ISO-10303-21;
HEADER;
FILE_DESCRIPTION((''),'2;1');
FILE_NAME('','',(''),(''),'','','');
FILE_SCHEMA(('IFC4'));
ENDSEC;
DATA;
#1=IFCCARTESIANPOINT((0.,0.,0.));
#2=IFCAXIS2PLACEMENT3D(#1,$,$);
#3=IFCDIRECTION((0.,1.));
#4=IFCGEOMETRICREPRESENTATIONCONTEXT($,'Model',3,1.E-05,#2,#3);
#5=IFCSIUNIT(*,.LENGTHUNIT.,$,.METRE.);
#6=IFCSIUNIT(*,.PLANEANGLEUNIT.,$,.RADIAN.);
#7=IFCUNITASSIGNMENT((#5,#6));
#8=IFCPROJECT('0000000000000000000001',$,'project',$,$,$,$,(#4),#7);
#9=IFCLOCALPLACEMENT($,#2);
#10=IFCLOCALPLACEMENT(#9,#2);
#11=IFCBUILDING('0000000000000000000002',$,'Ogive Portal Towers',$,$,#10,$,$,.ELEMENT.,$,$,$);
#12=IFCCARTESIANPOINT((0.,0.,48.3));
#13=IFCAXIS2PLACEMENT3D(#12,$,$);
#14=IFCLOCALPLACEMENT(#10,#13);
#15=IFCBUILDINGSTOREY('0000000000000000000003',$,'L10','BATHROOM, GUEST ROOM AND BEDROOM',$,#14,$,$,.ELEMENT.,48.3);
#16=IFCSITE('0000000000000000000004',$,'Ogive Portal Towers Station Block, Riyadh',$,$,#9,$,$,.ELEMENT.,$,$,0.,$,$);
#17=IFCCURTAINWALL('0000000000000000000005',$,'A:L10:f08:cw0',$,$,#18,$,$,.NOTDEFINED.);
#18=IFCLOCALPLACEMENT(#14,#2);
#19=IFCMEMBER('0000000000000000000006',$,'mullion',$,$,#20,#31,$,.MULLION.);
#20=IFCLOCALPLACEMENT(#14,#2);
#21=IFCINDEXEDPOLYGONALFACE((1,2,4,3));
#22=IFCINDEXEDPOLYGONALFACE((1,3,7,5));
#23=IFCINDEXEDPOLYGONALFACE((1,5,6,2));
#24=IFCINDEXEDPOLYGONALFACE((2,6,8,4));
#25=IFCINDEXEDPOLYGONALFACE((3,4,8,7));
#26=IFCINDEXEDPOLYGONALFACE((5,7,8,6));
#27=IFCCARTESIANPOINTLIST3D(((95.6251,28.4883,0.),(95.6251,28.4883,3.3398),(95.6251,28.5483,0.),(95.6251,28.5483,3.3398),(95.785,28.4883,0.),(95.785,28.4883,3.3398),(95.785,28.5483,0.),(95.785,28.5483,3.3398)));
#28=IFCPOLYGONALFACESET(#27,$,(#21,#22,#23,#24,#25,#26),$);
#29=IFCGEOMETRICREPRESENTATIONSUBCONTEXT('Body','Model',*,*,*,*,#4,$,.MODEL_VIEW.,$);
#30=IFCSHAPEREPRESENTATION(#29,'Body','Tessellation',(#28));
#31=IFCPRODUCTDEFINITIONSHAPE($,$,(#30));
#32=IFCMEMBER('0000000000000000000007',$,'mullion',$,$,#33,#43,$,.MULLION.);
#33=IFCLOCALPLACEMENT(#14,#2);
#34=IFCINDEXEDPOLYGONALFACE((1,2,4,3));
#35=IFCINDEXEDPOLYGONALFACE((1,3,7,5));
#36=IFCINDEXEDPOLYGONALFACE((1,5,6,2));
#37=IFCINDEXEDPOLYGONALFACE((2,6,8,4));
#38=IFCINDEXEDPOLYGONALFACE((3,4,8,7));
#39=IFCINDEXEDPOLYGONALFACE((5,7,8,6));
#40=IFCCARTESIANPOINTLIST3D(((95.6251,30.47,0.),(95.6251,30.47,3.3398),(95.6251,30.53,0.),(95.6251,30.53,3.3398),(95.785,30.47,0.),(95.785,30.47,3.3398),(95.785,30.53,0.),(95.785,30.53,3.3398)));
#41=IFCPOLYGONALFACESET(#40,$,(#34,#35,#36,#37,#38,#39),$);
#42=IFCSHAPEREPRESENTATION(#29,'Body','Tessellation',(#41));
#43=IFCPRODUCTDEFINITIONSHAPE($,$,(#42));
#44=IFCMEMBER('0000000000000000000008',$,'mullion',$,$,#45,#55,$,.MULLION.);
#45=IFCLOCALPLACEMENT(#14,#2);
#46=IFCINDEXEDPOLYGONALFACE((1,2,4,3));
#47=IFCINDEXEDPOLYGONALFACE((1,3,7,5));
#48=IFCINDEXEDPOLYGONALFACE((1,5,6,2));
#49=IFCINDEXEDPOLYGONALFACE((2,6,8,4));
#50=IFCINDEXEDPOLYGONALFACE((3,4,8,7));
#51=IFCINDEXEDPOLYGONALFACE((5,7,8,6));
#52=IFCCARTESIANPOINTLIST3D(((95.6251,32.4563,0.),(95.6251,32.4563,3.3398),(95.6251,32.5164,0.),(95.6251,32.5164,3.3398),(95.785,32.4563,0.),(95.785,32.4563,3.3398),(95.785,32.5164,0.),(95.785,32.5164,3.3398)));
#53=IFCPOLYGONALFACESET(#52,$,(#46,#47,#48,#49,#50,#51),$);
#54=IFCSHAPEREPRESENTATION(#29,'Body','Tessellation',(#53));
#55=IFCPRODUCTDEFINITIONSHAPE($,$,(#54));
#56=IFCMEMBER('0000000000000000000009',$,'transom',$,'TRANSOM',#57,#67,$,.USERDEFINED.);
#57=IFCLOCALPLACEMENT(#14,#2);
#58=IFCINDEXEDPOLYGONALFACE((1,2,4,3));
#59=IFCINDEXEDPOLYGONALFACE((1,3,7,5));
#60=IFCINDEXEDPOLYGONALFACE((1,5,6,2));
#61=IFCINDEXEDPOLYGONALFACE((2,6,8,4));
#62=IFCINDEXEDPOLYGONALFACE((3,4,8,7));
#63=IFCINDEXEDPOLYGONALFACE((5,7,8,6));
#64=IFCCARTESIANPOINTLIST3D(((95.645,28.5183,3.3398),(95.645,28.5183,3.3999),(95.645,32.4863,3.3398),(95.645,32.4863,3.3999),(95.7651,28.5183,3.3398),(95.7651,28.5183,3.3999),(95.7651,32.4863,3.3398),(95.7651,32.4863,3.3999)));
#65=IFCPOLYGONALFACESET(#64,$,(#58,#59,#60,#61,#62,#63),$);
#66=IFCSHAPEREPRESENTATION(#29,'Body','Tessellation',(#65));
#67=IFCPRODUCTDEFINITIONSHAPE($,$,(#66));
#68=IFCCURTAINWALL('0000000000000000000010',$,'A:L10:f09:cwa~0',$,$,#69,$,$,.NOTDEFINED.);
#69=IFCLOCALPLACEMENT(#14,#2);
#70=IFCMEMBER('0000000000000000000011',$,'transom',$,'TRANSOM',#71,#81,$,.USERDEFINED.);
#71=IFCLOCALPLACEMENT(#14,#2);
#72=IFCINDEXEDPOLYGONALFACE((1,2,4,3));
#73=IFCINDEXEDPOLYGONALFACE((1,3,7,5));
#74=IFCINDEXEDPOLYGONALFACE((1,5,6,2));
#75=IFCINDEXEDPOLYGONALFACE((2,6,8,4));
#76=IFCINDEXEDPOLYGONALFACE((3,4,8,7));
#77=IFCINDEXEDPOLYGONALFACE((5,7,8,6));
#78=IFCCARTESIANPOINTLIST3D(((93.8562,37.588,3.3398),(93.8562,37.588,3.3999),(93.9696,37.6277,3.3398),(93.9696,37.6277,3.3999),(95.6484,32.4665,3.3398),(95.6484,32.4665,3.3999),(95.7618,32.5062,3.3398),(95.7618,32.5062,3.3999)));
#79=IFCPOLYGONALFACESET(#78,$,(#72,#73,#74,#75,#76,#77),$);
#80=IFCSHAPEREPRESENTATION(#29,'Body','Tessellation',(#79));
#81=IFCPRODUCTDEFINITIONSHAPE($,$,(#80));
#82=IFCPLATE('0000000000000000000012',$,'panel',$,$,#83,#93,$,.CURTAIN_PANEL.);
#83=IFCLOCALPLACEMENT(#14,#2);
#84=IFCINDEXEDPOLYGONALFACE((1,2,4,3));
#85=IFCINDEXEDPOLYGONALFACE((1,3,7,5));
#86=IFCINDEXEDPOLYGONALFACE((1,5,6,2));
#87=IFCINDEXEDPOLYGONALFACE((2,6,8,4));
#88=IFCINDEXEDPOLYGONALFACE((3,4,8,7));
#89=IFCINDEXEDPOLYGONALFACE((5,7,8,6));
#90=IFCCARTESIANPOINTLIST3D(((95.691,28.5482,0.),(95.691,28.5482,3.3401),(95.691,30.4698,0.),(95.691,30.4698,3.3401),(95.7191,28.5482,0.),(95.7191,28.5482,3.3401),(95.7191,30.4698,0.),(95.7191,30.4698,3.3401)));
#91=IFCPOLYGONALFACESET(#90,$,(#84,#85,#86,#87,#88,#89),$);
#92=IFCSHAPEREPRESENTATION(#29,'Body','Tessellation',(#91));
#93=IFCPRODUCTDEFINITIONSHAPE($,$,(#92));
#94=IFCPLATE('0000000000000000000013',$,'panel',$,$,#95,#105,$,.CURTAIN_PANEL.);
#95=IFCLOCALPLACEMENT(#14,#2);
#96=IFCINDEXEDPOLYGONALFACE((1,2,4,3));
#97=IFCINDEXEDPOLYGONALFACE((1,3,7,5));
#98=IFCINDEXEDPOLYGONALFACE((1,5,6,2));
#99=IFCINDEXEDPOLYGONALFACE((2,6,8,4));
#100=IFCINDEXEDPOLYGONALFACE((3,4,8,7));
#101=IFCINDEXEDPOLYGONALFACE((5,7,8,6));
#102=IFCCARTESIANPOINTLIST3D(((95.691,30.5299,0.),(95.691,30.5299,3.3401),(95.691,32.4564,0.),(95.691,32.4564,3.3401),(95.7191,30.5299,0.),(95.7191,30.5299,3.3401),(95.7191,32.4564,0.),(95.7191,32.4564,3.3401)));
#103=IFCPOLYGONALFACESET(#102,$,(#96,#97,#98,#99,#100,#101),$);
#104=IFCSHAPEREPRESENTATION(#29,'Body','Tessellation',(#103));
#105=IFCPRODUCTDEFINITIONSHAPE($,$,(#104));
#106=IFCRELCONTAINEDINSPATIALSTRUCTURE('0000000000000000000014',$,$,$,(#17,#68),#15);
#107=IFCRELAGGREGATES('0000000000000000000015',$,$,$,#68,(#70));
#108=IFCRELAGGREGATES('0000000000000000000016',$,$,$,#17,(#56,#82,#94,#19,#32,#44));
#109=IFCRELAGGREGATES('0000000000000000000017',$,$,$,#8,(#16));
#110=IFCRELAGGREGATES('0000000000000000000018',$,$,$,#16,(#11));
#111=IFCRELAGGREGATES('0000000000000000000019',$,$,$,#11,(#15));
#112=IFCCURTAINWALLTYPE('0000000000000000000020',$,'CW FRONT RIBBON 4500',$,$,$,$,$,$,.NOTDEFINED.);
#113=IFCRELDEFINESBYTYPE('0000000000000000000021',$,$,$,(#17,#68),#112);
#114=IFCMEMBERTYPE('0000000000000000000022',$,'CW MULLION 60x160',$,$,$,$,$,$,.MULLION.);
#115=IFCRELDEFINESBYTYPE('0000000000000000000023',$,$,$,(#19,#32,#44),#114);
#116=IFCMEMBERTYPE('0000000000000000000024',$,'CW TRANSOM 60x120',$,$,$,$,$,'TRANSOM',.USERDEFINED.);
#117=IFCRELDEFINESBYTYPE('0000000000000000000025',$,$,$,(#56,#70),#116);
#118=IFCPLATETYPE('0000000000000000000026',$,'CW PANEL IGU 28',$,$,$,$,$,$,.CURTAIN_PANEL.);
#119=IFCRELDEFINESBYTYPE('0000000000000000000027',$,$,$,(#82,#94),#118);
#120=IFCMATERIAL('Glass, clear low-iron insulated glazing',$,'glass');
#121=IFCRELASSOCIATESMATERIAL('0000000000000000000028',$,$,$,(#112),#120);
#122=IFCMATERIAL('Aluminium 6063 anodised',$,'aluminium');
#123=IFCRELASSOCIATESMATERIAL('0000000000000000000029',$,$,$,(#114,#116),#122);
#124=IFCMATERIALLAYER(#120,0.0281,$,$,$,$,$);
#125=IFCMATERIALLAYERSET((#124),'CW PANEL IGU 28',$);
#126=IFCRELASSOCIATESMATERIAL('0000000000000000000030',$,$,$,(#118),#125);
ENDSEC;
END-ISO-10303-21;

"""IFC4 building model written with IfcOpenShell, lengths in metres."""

from ifc_helpers import new_model, si_unit, direction, frame, origin, origin_2d, place, context, subcontext, project, spatial, rectangle, extrude, material, layer, layer_set, material_profile, profile_set, type_object, element, aggregate, save


model = new_model("IFC4")

# Units and contexts
model_context = context("Model", 3, precision=1e-05, world=origin(), true_north=direction((0.0, 1.0)))
body_context = subcontext(model_context, "Body", "Model", "MODEL_VIEW")
ifc_project = project(units=[si_unit("LENGTHUNIT", "METRE"), si_unit("PLANEANGLEUNIT", "RADIAN")], contexts=[model_context])

# Site, building, storey
site_placement = place(None, origin())
site = spatial("IfcSite", under=ifc_project, at=site_placement, Name="Ogive Portal Towers Station Block, Riyadh", CompositionType="ELEMENT", RefElevation=0.0)
building_placement = place(site_placement, origin())
building = spatial("IfcBuilding", under=site, at=building_placement, Name="Ogive Portal Towers", CompositionType="ELEMENT")
storey_placement = place(building_placement, frame((0.0, 0.0, 48.3)))
storey = spatial("IfcBuildingStorey", under=building, at=storey_placement, Name="L10", Description="BATHROOM, GUEST ROOM AND BEDROOM", CompositionType="ELEMENT", Elevation=48.3)

# Curtain wall, members
ifc_material_1 = material(Name="Glass, clear low-iron insulated glazing", Category="glass")
curtain_wall_type = type_object("IfcCurtainWallType", Name="CW FRONT RIBBON 4500", PredefinedType="NOTDEFINED", material=ifc_material_1)
curtain_wall_1_placement = place(storey_placement, origin())
curtain_wall_1 = element("IfcCurtainWall", 1, at=curtain_wall_1_placement, inside=storey, type_object=curtain_wall_type, Name="A:L10:f08:cw0", PredefinedType="NOTDEFINED")
ifc_material_2 = material(Name="Aluminium 6063 anodised", Category="aluminium")
ifc_material_profile_1 = material_profile(ifc_material_2, rectangle(XDim=0.1599, YDim=0.0601, at=origin_2d()), Name="AL 60x160")
ifc_profile_set_1 = profile_set([ifc_material_profile_1], Name="Aluminium 6063 anodised")
member_type_1 = type_object("IfcMemberType", Name="CW MULLION 60x160", PredefinedType="MULLION", material=ifc_profile_set_1)
member_1_placement = place(storey_placement, frame((95.7051, 28.5183, 0.0), z_axis=(0.0, 0.0, 1.0), x_axis=(-1.0, 0.0, 0.0)))
member_1 = element("IfcMember", 2, at=member_1_placement, type_object=member_type_1, Name="mullion", PredefinedType="MULLION", context=body_context, shape_type="SweptSolid", body=[
    extrude(rectangle(XDim=0.1599, YDim=0.0601, at=origin_2d()), origin(), (0.0, 0.0, 1.0), 3.3398),
])
member_2_placement = place(storey_placement, frame((95.7051, 30.5, 0.0), z_axis=(0.0, 0.0, 1.0), x_axis=(-1.0, 0.0, 0.0)))
member_2 = element("IfcMember", 3, at=member_2_placement, type_object=member_type_1, Name="mullion", PredefinedType="MULLION", context=body_context, shape_type="SweptSolid", body=[
    extrude(rectangle(XDim=0.1599, YDim=0.0601, at=origin_2d()), origin(), (0.0, 0.0, 1.0), 3.3398),
])
member_3_placement = place(storey_placement, frame((95.7051, 32.4863, 0.0), z_axis=(0.0, 0.0, 1.0), x_axis=(-1.0, 0.0, 0.0)))
member_3 = element("IfcMember", 4, at=member_3_placement, type_object=member_type_1, Name="mullion", PredefinedType="MULLION", context=body_context, shape_type="SweptSolid", body=[
    extrude(rectangle(XDim=0.1599, YDim=0.0601, at=origin_2d()), origin(), (0.0, 0.0, 1.0), 3.3398),
])
ifc_material_profile_2 = material_profile(ifc_material_2, rectangle(XDim=0.1201, YDim=0.0601, at=origin_2d()), Name="AL 120x60")
ifc_profile_set_2 = profile_set([ifc_material_profile_2], Name="Aluminium 6063 anodised")
member_type_2 = type_object("IfcMemberType", Name="CW TRANSOM 60x120", ElementType="TRANSOM", PredefinedType="USERDEFINED", material=ifc_profile_set_2)
member_4_placement = place(storey_placement, frame((95.7051, 28.5183, 3.3699), z_axis=(0.0, 1.0, 0.0), x_axis=(-1.0, 0.0, 0.0)))
member_4 = element("IfcMember", 5, at=member_4_placement, type_object=member_type_2, Name="transom", ObjectType="TRANSOM", PredefinedType="USERDEFINED", context=body_context, shape_type="SweptSolid", body=[
    extrude(rectangle(XDim=0.1201, YDim=0.0601, at=origin_2d()), origin(), (0.0, 0.0, 1.0), 3.968),
])

# Curtain wall, member
curtain_wall_2_placement = place(storey_placement, origin())
curtain_wall_2 = element("IfcCurtainWall", 6, at=curtain_wall_2_placement, inside=storey, type_object=curtain_wall_type, Name="A:L10:f09:cwa~0", PredefinedType="NOTDEFINED")
member_5_placement = place(storey_placement, frame((95.7051, 32.4863, 3.3699), z_axis=(-0.330298, 0.943877, 0.0), x_axis=(-0.943877, -0.330298, 0.0)))
member_5 = element("IfcMember", 7, at=member_5_placement, type_object=member_type_2, Name="transom", ObjectType="TRANSOM", PredefinedType="USERDEFINED", context=body_context, shape_type="SweptSolid", body=[
    extrude(rectangle(XDim=0.1201, YDim=0.0601, at=origin_2d()), origin(), (0.0, 0.0, 1.0), 5.426),
])
aggregate(curtain_wall_2, [member_5])

# Plates
ifc_layer_1 = layer(ifc_material_1, 0.0281)
ifc_layer_set_1 = layer_set([ifc_layer_1], Name="CW PANEL IGU 28")
plate_type = type_object("IfcPlateType", Name="CW PANEL IGU 28", PredefinedType="CURTAIN_PANEL", material=ifc_layer_set_1)
plate_1_placement = place(storey_placement, frame((95.7051, 29.509, 0.0), z_axis=(0.0, 0.0, 1.0), x_axis=(0.0, 1.0, 0.0)))
plate_1 = element("IfcPlate", 8, at=plate_1_placement, type_object=plate_type, Name="panel", PredefinedType="CURTAIN_PANEL", context=body_context, shape_type="SweptSolid", body=[
    extrude(rectangle(XDim=1.9216, YDim=0.0281, at=origin_2d()), origin(), (0.0, 0.0, 1.0), 3.3401),
])
plate_2_placement = place(storey_placement, frame((95.7051, 31.4932, 0.0), z_axis=(0.0, 0.0, 1.0), x_axis=(0.0, 1.0, 0.0)))
plate_2 = element("IfcPlate", 9, at=plate_2_placement, type_object=plate_type, Name="panel", PredefinedType="CURTAIN_PANEL", context=body_context, shape_type="SweptSolid", body=[
    extrude(rectangle(XDim=1.9265, YDim=0.0281, at=origin_2d()), origin(), (0.0, 0.0, 1.0), 3.3401),
])
aggregate(curtain_wall_1, [member_4, plate_1, plate_2, member_1, member_2, member_3])

save(model, "model.ifc")
